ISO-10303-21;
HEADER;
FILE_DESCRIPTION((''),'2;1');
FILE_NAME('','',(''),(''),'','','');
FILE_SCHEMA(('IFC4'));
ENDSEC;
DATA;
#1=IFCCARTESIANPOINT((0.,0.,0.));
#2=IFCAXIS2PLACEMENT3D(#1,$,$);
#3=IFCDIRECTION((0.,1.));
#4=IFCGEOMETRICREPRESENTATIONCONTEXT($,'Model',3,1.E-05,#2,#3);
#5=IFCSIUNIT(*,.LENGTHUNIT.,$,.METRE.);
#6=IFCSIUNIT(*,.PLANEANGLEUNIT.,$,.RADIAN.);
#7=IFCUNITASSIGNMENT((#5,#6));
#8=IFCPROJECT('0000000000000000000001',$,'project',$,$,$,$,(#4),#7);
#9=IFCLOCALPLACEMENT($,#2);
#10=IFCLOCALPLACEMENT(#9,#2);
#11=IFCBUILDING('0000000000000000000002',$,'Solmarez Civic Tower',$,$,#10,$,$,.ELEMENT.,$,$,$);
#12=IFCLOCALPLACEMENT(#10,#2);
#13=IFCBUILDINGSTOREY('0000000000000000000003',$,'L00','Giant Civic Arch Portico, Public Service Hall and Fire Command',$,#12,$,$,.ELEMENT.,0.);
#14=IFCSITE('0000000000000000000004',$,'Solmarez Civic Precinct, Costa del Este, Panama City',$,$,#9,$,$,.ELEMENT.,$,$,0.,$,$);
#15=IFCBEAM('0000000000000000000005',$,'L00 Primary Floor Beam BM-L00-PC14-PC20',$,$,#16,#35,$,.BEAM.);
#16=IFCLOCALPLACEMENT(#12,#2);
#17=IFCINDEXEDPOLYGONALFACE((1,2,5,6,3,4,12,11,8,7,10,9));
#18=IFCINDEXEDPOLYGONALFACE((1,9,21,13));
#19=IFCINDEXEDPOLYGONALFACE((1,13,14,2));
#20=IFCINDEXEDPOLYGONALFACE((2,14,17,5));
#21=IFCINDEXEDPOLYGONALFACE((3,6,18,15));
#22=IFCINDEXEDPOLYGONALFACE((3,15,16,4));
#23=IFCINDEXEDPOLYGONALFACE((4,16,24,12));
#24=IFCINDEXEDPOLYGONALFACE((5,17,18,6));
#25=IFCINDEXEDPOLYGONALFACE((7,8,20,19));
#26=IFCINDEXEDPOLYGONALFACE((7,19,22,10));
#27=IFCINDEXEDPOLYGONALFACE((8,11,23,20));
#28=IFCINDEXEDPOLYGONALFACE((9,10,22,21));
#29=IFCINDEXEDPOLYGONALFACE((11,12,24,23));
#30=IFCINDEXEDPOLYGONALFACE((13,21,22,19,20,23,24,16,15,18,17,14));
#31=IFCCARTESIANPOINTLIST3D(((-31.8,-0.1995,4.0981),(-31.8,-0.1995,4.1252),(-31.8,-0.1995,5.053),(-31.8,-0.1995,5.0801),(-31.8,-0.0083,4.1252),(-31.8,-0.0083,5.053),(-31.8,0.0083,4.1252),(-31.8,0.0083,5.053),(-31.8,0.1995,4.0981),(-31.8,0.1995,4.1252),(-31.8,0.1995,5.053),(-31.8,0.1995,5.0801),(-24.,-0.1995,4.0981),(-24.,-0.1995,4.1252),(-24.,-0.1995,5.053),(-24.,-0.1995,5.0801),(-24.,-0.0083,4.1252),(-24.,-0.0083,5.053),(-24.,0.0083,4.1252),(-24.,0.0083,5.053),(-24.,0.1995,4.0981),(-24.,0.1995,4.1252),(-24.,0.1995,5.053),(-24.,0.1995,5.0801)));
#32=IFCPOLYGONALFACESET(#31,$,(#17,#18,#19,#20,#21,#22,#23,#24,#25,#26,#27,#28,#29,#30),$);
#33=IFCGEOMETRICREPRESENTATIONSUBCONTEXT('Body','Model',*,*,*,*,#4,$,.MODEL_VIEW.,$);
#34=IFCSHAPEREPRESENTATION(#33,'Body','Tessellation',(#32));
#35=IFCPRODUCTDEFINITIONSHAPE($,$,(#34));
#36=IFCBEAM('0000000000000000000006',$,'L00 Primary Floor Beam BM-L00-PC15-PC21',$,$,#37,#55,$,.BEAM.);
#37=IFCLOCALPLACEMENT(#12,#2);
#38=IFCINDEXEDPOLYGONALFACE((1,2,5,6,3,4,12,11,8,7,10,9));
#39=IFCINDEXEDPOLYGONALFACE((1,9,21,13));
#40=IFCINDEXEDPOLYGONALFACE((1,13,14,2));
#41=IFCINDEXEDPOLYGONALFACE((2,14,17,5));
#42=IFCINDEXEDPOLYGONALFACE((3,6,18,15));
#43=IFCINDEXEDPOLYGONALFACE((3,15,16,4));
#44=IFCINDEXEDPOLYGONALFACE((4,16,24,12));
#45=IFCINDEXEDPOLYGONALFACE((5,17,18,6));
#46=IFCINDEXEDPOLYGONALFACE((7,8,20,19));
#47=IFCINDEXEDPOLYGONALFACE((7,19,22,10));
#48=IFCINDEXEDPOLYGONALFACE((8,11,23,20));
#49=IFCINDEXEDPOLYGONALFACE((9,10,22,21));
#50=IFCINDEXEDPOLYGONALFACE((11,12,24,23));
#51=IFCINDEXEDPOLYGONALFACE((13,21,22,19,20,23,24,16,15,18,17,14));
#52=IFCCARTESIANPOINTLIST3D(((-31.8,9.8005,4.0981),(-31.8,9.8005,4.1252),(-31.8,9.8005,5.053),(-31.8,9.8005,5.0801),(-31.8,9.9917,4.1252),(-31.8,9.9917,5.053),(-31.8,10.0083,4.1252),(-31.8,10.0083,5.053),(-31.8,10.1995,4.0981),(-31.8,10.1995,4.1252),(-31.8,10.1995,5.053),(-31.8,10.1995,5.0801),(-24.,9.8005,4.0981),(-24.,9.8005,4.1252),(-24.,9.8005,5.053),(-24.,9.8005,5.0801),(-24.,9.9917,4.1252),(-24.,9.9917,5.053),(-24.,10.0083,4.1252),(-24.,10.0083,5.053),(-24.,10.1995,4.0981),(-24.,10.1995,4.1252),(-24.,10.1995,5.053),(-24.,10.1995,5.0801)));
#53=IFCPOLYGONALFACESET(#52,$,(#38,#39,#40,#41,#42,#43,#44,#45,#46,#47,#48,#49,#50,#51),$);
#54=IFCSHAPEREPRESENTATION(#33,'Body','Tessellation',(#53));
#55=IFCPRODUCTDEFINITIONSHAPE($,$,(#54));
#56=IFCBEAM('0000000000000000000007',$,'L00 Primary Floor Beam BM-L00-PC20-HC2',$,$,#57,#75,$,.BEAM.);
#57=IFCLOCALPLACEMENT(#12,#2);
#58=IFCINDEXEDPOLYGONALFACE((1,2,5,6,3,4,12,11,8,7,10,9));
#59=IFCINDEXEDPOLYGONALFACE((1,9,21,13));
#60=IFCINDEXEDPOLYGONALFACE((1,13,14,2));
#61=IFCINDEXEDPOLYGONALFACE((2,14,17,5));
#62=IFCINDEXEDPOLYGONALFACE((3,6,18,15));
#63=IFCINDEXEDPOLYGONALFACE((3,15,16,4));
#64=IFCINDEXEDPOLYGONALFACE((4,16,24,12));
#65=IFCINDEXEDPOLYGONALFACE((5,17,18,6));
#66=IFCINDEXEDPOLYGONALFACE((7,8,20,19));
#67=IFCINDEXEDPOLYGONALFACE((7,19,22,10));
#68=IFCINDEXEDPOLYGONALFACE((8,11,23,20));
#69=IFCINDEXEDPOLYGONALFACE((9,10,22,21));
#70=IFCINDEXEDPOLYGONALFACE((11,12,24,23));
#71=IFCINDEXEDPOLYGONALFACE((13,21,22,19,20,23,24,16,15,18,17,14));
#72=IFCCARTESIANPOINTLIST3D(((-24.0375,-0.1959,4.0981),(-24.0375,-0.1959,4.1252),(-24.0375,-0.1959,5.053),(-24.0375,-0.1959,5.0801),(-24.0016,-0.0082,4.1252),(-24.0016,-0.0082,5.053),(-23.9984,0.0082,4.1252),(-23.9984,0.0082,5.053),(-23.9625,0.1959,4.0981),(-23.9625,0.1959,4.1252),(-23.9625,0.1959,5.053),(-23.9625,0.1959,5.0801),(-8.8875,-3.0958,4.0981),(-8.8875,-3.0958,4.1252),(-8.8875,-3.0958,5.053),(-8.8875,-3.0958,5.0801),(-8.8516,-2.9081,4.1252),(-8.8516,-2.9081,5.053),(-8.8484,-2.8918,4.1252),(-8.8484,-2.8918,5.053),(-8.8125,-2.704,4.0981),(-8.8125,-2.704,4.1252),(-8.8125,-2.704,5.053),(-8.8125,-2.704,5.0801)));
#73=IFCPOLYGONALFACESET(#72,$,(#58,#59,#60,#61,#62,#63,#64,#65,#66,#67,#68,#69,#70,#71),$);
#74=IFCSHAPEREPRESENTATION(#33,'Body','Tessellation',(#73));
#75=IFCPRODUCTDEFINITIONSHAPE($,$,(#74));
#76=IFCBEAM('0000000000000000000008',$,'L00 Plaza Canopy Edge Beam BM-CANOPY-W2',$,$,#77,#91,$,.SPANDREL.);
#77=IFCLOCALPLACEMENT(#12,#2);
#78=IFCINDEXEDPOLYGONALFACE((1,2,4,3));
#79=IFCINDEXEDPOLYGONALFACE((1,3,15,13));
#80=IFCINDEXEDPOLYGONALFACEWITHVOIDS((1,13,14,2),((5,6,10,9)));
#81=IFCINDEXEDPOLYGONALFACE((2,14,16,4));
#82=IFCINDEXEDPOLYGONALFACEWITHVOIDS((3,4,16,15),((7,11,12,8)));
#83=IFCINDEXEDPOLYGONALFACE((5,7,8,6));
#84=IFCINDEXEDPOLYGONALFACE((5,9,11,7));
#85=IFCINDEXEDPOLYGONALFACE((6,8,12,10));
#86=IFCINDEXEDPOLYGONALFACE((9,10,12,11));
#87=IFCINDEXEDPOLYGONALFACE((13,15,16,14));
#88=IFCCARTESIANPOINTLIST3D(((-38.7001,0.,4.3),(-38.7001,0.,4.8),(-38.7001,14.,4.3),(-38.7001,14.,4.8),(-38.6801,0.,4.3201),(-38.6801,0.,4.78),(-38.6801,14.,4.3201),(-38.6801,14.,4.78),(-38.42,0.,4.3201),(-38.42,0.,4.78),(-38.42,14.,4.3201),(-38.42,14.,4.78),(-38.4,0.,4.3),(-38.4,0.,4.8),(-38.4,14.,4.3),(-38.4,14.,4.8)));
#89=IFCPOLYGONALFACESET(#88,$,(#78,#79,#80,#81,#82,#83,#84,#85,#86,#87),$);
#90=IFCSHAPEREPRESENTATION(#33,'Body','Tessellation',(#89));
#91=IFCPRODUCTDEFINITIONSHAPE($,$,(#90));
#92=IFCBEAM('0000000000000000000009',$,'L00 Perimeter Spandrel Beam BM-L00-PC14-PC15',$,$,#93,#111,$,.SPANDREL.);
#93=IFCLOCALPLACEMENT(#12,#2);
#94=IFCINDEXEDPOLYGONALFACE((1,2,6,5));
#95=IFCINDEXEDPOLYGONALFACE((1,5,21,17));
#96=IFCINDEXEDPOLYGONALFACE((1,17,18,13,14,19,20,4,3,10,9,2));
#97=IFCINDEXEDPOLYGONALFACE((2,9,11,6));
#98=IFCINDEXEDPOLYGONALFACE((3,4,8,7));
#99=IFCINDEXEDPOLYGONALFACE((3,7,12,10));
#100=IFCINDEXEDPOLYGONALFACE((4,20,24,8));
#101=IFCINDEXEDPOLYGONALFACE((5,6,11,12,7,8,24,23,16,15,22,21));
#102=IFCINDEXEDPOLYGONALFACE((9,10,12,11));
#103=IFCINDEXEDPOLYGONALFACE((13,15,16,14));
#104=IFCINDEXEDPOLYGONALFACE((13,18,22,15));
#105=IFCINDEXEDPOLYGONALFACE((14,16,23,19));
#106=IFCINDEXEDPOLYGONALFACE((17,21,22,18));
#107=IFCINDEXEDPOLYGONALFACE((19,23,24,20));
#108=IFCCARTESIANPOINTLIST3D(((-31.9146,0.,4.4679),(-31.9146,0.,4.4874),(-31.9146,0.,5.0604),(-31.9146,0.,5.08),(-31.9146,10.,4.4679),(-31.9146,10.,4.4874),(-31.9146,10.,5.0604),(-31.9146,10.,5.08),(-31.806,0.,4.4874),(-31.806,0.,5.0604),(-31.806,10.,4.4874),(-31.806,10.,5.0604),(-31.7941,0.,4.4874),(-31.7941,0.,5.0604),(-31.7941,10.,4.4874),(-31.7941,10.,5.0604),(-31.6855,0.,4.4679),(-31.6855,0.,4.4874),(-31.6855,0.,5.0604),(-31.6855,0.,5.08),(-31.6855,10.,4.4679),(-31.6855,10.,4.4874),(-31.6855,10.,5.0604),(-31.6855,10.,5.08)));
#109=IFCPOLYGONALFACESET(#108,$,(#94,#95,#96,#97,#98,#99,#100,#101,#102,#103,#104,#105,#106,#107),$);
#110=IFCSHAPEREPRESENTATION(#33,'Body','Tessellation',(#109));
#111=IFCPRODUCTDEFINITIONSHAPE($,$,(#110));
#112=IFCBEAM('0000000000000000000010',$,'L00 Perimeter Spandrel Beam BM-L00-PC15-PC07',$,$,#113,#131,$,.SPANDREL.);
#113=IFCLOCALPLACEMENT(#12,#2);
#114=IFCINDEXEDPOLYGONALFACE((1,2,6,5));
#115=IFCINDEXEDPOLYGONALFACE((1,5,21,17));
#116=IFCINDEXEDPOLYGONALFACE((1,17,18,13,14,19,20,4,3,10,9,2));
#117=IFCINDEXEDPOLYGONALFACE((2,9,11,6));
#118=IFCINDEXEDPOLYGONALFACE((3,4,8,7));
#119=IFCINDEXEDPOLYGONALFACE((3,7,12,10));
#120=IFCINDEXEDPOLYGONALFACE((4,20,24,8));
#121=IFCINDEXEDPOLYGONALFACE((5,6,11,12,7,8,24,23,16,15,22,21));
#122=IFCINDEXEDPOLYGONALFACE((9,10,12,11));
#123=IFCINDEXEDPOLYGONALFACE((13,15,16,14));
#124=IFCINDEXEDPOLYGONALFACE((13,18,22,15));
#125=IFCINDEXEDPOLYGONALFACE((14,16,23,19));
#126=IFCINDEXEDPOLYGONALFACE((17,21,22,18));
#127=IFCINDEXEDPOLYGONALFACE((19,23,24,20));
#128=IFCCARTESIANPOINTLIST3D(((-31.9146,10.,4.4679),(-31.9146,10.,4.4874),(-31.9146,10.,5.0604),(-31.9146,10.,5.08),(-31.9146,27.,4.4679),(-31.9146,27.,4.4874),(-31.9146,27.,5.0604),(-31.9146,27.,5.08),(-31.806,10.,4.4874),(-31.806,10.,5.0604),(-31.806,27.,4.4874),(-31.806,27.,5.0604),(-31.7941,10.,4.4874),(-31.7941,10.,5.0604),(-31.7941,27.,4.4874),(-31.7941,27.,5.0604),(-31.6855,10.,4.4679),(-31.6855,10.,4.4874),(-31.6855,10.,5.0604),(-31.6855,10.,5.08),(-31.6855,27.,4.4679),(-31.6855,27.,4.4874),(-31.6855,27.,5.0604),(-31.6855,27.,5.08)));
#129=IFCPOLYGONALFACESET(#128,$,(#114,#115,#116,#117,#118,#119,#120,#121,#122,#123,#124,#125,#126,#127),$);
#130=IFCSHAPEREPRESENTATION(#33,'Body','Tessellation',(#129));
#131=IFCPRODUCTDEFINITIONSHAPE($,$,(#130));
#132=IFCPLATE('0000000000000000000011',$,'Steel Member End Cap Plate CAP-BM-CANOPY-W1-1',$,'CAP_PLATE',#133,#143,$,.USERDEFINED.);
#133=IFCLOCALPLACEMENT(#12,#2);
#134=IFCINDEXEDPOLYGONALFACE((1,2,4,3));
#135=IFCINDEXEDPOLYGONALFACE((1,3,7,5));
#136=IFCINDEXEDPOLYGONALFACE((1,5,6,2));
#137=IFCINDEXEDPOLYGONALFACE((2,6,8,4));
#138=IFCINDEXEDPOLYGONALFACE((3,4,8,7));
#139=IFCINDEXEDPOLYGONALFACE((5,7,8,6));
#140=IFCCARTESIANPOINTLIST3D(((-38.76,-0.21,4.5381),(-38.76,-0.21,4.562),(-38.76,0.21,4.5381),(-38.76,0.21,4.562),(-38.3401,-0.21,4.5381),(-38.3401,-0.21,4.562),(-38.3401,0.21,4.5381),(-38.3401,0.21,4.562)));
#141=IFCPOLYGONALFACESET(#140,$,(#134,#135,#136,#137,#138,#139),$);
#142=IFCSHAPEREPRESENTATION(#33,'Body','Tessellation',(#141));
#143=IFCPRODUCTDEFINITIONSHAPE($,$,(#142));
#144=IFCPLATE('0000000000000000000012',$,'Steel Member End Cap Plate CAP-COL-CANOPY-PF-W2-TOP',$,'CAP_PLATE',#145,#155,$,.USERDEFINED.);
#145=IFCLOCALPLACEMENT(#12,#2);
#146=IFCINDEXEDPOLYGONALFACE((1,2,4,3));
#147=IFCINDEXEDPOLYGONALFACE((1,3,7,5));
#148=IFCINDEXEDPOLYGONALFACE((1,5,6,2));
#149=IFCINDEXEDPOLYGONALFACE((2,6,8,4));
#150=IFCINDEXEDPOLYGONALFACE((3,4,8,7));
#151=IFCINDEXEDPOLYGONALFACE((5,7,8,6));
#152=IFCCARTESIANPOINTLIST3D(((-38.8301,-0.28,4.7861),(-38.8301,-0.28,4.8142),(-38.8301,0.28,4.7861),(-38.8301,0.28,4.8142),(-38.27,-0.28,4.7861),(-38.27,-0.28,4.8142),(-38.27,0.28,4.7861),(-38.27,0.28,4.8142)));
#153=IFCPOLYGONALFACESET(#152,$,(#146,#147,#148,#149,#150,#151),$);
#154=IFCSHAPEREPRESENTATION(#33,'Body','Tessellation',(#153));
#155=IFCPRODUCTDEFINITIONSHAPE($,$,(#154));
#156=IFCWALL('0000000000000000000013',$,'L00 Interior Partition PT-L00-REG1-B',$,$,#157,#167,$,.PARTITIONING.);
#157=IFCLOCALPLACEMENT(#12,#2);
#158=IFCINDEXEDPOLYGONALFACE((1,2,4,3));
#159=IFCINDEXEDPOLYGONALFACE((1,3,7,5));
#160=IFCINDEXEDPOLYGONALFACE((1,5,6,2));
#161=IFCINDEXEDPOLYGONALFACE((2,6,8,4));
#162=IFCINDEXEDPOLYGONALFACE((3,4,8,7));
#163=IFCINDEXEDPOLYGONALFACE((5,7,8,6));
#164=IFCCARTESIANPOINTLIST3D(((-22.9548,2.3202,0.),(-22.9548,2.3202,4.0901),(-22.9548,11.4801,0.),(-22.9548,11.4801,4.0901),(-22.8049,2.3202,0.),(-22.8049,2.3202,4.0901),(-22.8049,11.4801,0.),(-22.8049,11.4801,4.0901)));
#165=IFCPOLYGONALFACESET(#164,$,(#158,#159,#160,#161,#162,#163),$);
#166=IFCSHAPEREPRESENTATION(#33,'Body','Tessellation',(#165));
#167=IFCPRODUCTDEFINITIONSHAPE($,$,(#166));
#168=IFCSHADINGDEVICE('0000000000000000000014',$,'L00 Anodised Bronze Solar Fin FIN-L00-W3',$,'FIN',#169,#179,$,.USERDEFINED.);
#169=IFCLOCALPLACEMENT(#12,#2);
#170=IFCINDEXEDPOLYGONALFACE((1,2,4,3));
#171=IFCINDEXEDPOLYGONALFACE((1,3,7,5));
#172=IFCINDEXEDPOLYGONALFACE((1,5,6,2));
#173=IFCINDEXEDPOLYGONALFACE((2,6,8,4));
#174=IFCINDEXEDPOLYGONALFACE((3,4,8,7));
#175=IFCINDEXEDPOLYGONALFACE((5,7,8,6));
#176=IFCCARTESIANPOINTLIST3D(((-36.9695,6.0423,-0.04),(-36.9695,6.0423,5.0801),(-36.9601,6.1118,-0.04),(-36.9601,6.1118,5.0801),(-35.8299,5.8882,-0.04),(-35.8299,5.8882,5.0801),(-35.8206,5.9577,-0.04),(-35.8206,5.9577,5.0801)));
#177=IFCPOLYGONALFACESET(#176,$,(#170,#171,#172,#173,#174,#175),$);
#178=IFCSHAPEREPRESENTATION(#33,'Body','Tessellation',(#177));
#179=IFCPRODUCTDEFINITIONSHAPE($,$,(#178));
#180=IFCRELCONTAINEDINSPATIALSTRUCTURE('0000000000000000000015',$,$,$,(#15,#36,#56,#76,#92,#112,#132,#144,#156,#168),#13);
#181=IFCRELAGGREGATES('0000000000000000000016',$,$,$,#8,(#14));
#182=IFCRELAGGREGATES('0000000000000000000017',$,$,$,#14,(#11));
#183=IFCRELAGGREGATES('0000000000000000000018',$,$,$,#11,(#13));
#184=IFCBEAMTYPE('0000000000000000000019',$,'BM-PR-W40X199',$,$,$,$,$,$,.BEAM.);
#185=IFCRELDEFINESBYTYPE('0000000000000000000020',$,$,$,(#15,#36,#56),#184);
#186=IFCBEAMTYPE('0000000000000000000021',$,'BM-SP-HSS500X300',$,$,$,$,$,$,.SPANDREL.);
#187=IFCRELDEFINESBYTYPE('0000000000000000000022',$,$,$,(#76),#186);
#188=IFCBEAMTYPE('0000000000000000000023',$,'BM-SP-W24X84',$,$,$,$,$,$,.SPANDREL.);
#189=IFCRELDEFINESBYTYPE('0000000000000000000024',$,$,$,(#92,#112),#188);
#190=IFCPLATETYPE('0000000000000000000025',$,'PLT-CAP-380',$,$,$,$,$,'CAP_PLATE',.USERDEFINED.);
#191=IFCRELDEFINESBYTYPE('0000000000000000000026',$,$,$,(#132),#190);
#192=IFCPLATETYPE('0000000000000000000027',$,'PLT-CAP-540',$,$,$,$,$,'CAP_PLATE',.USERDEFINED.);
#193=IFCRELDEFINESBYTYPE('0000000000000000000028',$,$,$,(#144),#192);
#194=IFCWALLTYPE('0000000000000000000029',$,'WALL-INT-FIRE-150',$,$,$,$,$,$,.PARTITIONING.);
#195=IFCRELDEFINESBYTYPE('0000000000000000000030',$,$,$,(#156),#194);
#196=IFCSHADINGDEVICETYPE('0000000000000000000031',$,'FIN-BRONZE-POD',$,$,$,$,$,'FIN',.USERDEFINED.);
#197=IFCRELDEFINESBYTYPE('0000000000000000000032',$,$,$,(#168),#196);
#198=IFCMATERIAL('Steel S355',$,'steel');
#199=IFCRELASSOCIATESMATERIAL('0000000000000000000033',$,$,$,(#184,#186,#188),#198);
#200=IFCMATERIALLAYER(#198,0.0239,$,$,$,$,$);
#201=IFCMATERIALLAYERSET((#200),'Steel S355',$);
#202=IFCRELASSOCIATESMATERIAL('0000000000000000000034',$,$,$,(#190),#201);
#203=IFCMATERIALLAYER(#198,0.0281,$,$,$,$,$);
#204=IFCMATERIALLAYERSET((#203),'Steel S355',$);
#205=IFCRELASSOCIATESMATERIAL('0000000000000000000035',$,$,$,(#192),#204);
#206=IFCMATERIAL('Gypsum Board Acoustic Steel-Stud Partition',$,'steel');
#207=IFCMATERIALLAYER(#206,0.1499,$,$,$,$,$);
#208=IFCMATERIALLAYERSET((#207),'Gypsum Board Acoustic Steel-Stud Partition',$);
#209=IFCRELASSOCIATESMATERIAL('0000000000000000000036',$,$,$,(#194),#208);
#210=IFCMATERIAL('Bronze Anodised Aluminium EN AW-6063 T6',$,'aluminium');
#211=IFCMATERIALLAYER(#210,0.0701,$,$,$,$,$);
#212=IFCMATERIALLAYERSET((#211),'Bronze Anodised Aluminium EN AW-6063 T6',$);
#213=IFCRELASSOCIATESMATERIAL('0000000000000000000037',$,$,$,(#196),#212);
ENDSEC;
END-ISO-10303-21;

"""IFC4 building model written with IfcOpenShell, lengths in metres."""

from ifc_helpers import new_model, si_unit, direction, frame, frame_2d, origin, origin_2d, place, context, subcontext, project, spatial, rectangle, hollow_rectangle, i_section, extrude, material, layer, layer_set, material_profile, profile_set, type_object, element, save


model = new_model("IFC4")

# Units and contexts
model_context = context("Model", 3, precision=1e-05, world=origin(), true_north=direction((0.0, 1.0)))
body_context = subcontext(model_context, "Body", "Model", "MODEL_VIEW")
ifc_project = project(units=[si_unit("LENGTHUNIT", "METRE"), si_unit("PLANEANGLEUNIT", "RADIAN")], contexts=[model_context])

# Site, building, storey
site_placement = place(None, origin())
site = spatial("IfcSite", under=ifc_project, at=site_placement, Name="Solmarez Civic Precinct, Costa del Este, Panama City", CompositionType="ELEMENT", RefElevation=0.0)
building_placement = place(site_placement, origin())
building = spatial("IfcBuilding", under=site, at=building_placement, Name="Solmarez Civic Tower", CompositionType="ELEMENT")
storey_placement = place(building_placement, origin())
storey = spatial("IfcBuildingStorey", under=building, at=storey_placement, Name="L00", Description="Giant Civic Arch Portico, Public Service Hall and Fire Command", CompositionType="ELEMENT", Elevation=0.0)

# Shared definitions
ifc_material_1 = material(Name="Steel S355", Category="steel")

# Beams
ifc_material_profile_1 = material_profile(ifc_material_1, i_section(OverallWidth=0.3989, OverallDepth=0.9819, WebThickness=0.0166, FlangeThickness=0.0271, at=origin_2d()), Name="W40X199")
ifc_profile_set_1 = profile_set([ifc_material_profile_1], Name="Steel S355")
beam_type_1 = type_object("IfcBeamType", Name="BM-PR-W40X199", PredefinedType="BEAM", material=ifc_profile_set_1)
for number, where, z_axis, x_axis, name in (
    (1, (-31.8, 0.0, 4.5891), (1.0, 0.0, 0.0), (0.0, 1.0, 0.0), "L00 Primary Floor Beam BM-L00-PC14-PC20"),
    (2, (-31.8, 10.0, 4.5891), (1.0, 0.0, 0.0), (0.0, 1.0, 0.0), "L00 Primary Floor Beam BM-L00-PC15-PC21"),
):
    element("IfcBeam", number, at=place(storey_placement, frame(where, z_axis=z_axis, x_axis=x_axis)), inside=storey, type_object=beam_type_1, Name=name, PredefinedType="BEAM", context=body_context, shape_type="SweptSolid", body=[
        extrude(i_section(OverallWidth=0.3989, OverallDepth=0.9819, WebThickness=0.0166, FlangeThickness=0.0271, at=origin_2d()), origin(), (0.0, 0.0, 1.0), 7.8),
    ])
beam_1_placement = place(storey_placement, frame((-24.0, 0.0, 4.5891), z_axis=(0.982169, -0.188001, 0.0), x_axis=(0.188001, 0.982169, 0.0)))
element("IfcBeam", 3, at=beam_1_placement, inside=storey, type_object=beam_type_1, Name="L00 Primary Floor Beam BM-L00-PC20-HC2", PredefinedType="BEAM", context=body_context, shape_type="SweptSolid", body=[
    extrude(i_section(OverallWidth=0.3989, OverallDepth=0.9819, WebThickness=0.0166, FlangeThickness=0.0271, at=origin_2d()), origin(), (0.0, 0.0, 1.0), 15.425),
])
ifc_material_profile_2 = material_profile(ifc_material_1, hollow_rectangle(XDim=0.3, YDim=0.5, WallThickness=0.02, at=origin_2d()), Name="HSS500X300X20")
ifc_profile_set_2 = profile_set([ifc_material_profile_2], Name="Steel S355")
beam_type_2 = type_object("IfcBeamType", Name="BM-SP-HSS500X300", PredefinedType="SPANDREL", material=ifc_profile_set_2)
beam_2_placement = place(storey_placement, frame((-38.55, 0.0, 4.55), z_axis=(0.0, 1.0, 0.0), x_axis=(-1.0, 0.0, 0.0)))
element("IfcBeam", 4, at=beam_2_placement, inside=storey, type_object=beam_type_2, Name="L00 Plaza Canopy Edge Beam BM-CANOPY-W2", PredefinedType="SPANDREL", context=body_context, shape_type="SweptSolid", body=[
    extrude(hollow_rectangle(XDim=0.3, YDim=0.5, WallThickness=0.02, at=origin_2d()), origin(), (0.0, 0.0, 1.0), 14.0),
])
ifc_material_profile_3 = material_profile(ifc_material_1, i_section(OverallWidth=0.229, OverallDepth=0.6121, WebThickness=0.012, FlangeThickness=0.0195, at=origin_2d()), Name="W24X84")
ifc_profile_set_3 = profile_set([ifc_material_profile_3], Name="Steel S355")
beam_type_3 = type_object("IfcBeamType", Name="BM-SP-W24X84", PredefinedType="SPANDREL", material=ifc_profile_set_3)
beam_3_placement = place(storey_placement, frame((-31.8, 0.0, 4.7739), z_axis=(0.0, 1.0, 0.0), x_axis=(-1.0, 0.0, 0.0)))
element("IfcBeam", 5, at=beam_3_placement, inside=storey, type_object=beam_type_3, Name="L00 Perimeter Spandrel Beam BM-L00-PC14-PC15", PredefinedType="SPANDREL", context=body_context, shape_type="SweptSolid", body=[
    extrude(i_section(OverallWidth=0.229, OverallDepth=0.6121, WebThickness=0.012, FlangeThickness=0.0195, at=origin_2d()), origin(), (0.0, 0.0, 1.0), 10.0),
])
beam_4_placement = place(storey_placement, frame((-31.8, 10.0, 4.7739), z_axis=(0.0, 1.0, 0.0), x_axis=(-1.0, 0.0, 0.0)))
element("IfcBeam", 6, at=beam_4_placement, inside=storey, type_object=beam_type_3, Name="L00 Perimeter Spandrel Beam BM-L00-PC15-PC07", PredefinedType="SPANDREL", context=body_context, shape_type="SweptSolid", body=[
    extrude(i_section(OverallWidth=0.229, OverallDepth=0.6121, WebThickness=0.012, FlangeThickness=0.0195, at=origin_2d()), origin(), (0.0, 0.0, 1.0), 17.0),
])

# Plates
ifc_layer_1 = layer(ifc_material_1, 0.0239)
ifc_layer_set_1 = layer_set([ifc_layer_1], Name="Steel S355")
plate_type_1 = type_object("IfcPlateType", Name="PLT-CAP-380", ElementType="CAP_PLATE", PredefinedType="USERDEFINED", material=ifc_layer_set_1)
plate_1_placement = place(storey_placement, frame((-38.55, 0.0, 4.5381), z_axis=(0.0, 0.0, 1.0), x_axis=(1.0, 0.0, 0.0)))
element("IfcPlate", 7, at=plate_1_placement, inside=storey, type_object=plate_type_1, Name="Steel Member End Cap Plate CAP-BM-CANOPY-W1-1", ObjectType="CAP_PLATE", PredefinedType="USERDEFINED", context=body_context, shape_type="SweptSolid", body=[
    extrude(rectangle(XDim=0.4199, YDim=0.4199, at=origin_2d()), origin(), (0.0, 0.0, 1.0), 0.0239),
])
ifc_layer_2 = layer(ifc_material_1, 0.0281)
ifc_layer_set_2 = layer_set([ifc_layer_2], Name="Steel S355")
plate_type_2 = type_object("IfcPlateType", Name="PLT-CAP-540", ElementType="CAP_PLATE", PredefinedType="USERDEFINED", material=ifc_layer_set_2)
plate_2_placement = place(storey_placement, frame((-38.55, 0.0, 4.7861), z_axis=(0.0, 0.0, 1.0), x_axis=(1.0, 0.0, 0.0)))
element("IfcPlate", 8, at=plate_2_placement, inside=storey, type_object=plate_type_2, Name="Steel Member End Cap Plate CAP-COL-CANOPY-PF-W2-TOP", ObjectType="CAP_PLATE", PredefinedType="USERDEFINED", context=body_context, shape_type="SweptSolid", body=[
    extrude(rectangle(XDim=0.5601, YDim=0.5601, at=origin_2d()), origin(), (0.0, 0.0, 1.0), 0.0281),
])

# Wall
ifc_material_2 = material(Name="Gypsum Board Acoustic Steel-Stud Partition", Category="steel")
ifc_layer_3 = layer(ifc_material_2, 0.1499)
ifc_layer_set_3 = layer_set([ifc_layer_3], Name="Gypsum Board Acoustic Steel-Stud Partition")
wall_type = type_object("IfcWallType", Name="WALL-INT-FIRE-150", PredefinedType="PARTITIONING", material=ifc_layer_set_3)
wall_placement = place(storey_placement, frame((-22.8799, 2.3201, 0.0), z_axis=(0.0, 0.0, 1.0), x_axis=(0.0, 1.0, 0.0)))
element("IfcWall", 9, at=wall_placement, inside=storey, type_object=wall_type, Name="L00 Interior Partition PT-L00-REG1-B", PredefinedType="PARTITIONING", context=body_context, shape_type="SweptSolid", body=[
    extrude(rectangle(XDim=9.1599, YDim=0.1499, at=frame_2d((4.5801, 0.0))), origin(), (0.0, 0.0, 1.0), 4.0901),
])

# Shading device
ifc_material_3 = material(Name="Bronze Anodised Aluminium EN AW-6063 T6", Category="aluminium")
ifc_layer_4 = layer(ifc_material_3, 0.0701)
ifc_layer_set_4 = layer_set([ifc_layer_4], Name="Bronze Anodised Aluminium EN AW-6063 T6")
shading_device_type = type_object("IfcShadingDeviceType", Name="FIN-BRONZE-POD", ElementType="FIN", PredefinedType="USERDEFINED", material=ifc_layer_set_4)
shading_device_placement = place(storey_placement, frame((-36.395, 6.0, -0.04), z_axis=(0.0, 0.0, 1.0), x_axis=(-0.990983, 0.133986, 0.0)))
element("IfcShadingDevice", 10, at=shading_device_placement, inside=storey, type_object=shading_device_type, Name="L00 Anodised Bronze Solar Fin FIN-L00-W3", ObjectType="FIN", PredefinedType="USERDEFINED", context=body_context, shape_type="SweptSolid", body=[
    extrude(rectangle(XDim=1.1499, YDim=0.0701, at=origin_2d()), origin(), (0.0, 0.0, 1.0), 5.1201),
])

save(model, "model.ifc")
